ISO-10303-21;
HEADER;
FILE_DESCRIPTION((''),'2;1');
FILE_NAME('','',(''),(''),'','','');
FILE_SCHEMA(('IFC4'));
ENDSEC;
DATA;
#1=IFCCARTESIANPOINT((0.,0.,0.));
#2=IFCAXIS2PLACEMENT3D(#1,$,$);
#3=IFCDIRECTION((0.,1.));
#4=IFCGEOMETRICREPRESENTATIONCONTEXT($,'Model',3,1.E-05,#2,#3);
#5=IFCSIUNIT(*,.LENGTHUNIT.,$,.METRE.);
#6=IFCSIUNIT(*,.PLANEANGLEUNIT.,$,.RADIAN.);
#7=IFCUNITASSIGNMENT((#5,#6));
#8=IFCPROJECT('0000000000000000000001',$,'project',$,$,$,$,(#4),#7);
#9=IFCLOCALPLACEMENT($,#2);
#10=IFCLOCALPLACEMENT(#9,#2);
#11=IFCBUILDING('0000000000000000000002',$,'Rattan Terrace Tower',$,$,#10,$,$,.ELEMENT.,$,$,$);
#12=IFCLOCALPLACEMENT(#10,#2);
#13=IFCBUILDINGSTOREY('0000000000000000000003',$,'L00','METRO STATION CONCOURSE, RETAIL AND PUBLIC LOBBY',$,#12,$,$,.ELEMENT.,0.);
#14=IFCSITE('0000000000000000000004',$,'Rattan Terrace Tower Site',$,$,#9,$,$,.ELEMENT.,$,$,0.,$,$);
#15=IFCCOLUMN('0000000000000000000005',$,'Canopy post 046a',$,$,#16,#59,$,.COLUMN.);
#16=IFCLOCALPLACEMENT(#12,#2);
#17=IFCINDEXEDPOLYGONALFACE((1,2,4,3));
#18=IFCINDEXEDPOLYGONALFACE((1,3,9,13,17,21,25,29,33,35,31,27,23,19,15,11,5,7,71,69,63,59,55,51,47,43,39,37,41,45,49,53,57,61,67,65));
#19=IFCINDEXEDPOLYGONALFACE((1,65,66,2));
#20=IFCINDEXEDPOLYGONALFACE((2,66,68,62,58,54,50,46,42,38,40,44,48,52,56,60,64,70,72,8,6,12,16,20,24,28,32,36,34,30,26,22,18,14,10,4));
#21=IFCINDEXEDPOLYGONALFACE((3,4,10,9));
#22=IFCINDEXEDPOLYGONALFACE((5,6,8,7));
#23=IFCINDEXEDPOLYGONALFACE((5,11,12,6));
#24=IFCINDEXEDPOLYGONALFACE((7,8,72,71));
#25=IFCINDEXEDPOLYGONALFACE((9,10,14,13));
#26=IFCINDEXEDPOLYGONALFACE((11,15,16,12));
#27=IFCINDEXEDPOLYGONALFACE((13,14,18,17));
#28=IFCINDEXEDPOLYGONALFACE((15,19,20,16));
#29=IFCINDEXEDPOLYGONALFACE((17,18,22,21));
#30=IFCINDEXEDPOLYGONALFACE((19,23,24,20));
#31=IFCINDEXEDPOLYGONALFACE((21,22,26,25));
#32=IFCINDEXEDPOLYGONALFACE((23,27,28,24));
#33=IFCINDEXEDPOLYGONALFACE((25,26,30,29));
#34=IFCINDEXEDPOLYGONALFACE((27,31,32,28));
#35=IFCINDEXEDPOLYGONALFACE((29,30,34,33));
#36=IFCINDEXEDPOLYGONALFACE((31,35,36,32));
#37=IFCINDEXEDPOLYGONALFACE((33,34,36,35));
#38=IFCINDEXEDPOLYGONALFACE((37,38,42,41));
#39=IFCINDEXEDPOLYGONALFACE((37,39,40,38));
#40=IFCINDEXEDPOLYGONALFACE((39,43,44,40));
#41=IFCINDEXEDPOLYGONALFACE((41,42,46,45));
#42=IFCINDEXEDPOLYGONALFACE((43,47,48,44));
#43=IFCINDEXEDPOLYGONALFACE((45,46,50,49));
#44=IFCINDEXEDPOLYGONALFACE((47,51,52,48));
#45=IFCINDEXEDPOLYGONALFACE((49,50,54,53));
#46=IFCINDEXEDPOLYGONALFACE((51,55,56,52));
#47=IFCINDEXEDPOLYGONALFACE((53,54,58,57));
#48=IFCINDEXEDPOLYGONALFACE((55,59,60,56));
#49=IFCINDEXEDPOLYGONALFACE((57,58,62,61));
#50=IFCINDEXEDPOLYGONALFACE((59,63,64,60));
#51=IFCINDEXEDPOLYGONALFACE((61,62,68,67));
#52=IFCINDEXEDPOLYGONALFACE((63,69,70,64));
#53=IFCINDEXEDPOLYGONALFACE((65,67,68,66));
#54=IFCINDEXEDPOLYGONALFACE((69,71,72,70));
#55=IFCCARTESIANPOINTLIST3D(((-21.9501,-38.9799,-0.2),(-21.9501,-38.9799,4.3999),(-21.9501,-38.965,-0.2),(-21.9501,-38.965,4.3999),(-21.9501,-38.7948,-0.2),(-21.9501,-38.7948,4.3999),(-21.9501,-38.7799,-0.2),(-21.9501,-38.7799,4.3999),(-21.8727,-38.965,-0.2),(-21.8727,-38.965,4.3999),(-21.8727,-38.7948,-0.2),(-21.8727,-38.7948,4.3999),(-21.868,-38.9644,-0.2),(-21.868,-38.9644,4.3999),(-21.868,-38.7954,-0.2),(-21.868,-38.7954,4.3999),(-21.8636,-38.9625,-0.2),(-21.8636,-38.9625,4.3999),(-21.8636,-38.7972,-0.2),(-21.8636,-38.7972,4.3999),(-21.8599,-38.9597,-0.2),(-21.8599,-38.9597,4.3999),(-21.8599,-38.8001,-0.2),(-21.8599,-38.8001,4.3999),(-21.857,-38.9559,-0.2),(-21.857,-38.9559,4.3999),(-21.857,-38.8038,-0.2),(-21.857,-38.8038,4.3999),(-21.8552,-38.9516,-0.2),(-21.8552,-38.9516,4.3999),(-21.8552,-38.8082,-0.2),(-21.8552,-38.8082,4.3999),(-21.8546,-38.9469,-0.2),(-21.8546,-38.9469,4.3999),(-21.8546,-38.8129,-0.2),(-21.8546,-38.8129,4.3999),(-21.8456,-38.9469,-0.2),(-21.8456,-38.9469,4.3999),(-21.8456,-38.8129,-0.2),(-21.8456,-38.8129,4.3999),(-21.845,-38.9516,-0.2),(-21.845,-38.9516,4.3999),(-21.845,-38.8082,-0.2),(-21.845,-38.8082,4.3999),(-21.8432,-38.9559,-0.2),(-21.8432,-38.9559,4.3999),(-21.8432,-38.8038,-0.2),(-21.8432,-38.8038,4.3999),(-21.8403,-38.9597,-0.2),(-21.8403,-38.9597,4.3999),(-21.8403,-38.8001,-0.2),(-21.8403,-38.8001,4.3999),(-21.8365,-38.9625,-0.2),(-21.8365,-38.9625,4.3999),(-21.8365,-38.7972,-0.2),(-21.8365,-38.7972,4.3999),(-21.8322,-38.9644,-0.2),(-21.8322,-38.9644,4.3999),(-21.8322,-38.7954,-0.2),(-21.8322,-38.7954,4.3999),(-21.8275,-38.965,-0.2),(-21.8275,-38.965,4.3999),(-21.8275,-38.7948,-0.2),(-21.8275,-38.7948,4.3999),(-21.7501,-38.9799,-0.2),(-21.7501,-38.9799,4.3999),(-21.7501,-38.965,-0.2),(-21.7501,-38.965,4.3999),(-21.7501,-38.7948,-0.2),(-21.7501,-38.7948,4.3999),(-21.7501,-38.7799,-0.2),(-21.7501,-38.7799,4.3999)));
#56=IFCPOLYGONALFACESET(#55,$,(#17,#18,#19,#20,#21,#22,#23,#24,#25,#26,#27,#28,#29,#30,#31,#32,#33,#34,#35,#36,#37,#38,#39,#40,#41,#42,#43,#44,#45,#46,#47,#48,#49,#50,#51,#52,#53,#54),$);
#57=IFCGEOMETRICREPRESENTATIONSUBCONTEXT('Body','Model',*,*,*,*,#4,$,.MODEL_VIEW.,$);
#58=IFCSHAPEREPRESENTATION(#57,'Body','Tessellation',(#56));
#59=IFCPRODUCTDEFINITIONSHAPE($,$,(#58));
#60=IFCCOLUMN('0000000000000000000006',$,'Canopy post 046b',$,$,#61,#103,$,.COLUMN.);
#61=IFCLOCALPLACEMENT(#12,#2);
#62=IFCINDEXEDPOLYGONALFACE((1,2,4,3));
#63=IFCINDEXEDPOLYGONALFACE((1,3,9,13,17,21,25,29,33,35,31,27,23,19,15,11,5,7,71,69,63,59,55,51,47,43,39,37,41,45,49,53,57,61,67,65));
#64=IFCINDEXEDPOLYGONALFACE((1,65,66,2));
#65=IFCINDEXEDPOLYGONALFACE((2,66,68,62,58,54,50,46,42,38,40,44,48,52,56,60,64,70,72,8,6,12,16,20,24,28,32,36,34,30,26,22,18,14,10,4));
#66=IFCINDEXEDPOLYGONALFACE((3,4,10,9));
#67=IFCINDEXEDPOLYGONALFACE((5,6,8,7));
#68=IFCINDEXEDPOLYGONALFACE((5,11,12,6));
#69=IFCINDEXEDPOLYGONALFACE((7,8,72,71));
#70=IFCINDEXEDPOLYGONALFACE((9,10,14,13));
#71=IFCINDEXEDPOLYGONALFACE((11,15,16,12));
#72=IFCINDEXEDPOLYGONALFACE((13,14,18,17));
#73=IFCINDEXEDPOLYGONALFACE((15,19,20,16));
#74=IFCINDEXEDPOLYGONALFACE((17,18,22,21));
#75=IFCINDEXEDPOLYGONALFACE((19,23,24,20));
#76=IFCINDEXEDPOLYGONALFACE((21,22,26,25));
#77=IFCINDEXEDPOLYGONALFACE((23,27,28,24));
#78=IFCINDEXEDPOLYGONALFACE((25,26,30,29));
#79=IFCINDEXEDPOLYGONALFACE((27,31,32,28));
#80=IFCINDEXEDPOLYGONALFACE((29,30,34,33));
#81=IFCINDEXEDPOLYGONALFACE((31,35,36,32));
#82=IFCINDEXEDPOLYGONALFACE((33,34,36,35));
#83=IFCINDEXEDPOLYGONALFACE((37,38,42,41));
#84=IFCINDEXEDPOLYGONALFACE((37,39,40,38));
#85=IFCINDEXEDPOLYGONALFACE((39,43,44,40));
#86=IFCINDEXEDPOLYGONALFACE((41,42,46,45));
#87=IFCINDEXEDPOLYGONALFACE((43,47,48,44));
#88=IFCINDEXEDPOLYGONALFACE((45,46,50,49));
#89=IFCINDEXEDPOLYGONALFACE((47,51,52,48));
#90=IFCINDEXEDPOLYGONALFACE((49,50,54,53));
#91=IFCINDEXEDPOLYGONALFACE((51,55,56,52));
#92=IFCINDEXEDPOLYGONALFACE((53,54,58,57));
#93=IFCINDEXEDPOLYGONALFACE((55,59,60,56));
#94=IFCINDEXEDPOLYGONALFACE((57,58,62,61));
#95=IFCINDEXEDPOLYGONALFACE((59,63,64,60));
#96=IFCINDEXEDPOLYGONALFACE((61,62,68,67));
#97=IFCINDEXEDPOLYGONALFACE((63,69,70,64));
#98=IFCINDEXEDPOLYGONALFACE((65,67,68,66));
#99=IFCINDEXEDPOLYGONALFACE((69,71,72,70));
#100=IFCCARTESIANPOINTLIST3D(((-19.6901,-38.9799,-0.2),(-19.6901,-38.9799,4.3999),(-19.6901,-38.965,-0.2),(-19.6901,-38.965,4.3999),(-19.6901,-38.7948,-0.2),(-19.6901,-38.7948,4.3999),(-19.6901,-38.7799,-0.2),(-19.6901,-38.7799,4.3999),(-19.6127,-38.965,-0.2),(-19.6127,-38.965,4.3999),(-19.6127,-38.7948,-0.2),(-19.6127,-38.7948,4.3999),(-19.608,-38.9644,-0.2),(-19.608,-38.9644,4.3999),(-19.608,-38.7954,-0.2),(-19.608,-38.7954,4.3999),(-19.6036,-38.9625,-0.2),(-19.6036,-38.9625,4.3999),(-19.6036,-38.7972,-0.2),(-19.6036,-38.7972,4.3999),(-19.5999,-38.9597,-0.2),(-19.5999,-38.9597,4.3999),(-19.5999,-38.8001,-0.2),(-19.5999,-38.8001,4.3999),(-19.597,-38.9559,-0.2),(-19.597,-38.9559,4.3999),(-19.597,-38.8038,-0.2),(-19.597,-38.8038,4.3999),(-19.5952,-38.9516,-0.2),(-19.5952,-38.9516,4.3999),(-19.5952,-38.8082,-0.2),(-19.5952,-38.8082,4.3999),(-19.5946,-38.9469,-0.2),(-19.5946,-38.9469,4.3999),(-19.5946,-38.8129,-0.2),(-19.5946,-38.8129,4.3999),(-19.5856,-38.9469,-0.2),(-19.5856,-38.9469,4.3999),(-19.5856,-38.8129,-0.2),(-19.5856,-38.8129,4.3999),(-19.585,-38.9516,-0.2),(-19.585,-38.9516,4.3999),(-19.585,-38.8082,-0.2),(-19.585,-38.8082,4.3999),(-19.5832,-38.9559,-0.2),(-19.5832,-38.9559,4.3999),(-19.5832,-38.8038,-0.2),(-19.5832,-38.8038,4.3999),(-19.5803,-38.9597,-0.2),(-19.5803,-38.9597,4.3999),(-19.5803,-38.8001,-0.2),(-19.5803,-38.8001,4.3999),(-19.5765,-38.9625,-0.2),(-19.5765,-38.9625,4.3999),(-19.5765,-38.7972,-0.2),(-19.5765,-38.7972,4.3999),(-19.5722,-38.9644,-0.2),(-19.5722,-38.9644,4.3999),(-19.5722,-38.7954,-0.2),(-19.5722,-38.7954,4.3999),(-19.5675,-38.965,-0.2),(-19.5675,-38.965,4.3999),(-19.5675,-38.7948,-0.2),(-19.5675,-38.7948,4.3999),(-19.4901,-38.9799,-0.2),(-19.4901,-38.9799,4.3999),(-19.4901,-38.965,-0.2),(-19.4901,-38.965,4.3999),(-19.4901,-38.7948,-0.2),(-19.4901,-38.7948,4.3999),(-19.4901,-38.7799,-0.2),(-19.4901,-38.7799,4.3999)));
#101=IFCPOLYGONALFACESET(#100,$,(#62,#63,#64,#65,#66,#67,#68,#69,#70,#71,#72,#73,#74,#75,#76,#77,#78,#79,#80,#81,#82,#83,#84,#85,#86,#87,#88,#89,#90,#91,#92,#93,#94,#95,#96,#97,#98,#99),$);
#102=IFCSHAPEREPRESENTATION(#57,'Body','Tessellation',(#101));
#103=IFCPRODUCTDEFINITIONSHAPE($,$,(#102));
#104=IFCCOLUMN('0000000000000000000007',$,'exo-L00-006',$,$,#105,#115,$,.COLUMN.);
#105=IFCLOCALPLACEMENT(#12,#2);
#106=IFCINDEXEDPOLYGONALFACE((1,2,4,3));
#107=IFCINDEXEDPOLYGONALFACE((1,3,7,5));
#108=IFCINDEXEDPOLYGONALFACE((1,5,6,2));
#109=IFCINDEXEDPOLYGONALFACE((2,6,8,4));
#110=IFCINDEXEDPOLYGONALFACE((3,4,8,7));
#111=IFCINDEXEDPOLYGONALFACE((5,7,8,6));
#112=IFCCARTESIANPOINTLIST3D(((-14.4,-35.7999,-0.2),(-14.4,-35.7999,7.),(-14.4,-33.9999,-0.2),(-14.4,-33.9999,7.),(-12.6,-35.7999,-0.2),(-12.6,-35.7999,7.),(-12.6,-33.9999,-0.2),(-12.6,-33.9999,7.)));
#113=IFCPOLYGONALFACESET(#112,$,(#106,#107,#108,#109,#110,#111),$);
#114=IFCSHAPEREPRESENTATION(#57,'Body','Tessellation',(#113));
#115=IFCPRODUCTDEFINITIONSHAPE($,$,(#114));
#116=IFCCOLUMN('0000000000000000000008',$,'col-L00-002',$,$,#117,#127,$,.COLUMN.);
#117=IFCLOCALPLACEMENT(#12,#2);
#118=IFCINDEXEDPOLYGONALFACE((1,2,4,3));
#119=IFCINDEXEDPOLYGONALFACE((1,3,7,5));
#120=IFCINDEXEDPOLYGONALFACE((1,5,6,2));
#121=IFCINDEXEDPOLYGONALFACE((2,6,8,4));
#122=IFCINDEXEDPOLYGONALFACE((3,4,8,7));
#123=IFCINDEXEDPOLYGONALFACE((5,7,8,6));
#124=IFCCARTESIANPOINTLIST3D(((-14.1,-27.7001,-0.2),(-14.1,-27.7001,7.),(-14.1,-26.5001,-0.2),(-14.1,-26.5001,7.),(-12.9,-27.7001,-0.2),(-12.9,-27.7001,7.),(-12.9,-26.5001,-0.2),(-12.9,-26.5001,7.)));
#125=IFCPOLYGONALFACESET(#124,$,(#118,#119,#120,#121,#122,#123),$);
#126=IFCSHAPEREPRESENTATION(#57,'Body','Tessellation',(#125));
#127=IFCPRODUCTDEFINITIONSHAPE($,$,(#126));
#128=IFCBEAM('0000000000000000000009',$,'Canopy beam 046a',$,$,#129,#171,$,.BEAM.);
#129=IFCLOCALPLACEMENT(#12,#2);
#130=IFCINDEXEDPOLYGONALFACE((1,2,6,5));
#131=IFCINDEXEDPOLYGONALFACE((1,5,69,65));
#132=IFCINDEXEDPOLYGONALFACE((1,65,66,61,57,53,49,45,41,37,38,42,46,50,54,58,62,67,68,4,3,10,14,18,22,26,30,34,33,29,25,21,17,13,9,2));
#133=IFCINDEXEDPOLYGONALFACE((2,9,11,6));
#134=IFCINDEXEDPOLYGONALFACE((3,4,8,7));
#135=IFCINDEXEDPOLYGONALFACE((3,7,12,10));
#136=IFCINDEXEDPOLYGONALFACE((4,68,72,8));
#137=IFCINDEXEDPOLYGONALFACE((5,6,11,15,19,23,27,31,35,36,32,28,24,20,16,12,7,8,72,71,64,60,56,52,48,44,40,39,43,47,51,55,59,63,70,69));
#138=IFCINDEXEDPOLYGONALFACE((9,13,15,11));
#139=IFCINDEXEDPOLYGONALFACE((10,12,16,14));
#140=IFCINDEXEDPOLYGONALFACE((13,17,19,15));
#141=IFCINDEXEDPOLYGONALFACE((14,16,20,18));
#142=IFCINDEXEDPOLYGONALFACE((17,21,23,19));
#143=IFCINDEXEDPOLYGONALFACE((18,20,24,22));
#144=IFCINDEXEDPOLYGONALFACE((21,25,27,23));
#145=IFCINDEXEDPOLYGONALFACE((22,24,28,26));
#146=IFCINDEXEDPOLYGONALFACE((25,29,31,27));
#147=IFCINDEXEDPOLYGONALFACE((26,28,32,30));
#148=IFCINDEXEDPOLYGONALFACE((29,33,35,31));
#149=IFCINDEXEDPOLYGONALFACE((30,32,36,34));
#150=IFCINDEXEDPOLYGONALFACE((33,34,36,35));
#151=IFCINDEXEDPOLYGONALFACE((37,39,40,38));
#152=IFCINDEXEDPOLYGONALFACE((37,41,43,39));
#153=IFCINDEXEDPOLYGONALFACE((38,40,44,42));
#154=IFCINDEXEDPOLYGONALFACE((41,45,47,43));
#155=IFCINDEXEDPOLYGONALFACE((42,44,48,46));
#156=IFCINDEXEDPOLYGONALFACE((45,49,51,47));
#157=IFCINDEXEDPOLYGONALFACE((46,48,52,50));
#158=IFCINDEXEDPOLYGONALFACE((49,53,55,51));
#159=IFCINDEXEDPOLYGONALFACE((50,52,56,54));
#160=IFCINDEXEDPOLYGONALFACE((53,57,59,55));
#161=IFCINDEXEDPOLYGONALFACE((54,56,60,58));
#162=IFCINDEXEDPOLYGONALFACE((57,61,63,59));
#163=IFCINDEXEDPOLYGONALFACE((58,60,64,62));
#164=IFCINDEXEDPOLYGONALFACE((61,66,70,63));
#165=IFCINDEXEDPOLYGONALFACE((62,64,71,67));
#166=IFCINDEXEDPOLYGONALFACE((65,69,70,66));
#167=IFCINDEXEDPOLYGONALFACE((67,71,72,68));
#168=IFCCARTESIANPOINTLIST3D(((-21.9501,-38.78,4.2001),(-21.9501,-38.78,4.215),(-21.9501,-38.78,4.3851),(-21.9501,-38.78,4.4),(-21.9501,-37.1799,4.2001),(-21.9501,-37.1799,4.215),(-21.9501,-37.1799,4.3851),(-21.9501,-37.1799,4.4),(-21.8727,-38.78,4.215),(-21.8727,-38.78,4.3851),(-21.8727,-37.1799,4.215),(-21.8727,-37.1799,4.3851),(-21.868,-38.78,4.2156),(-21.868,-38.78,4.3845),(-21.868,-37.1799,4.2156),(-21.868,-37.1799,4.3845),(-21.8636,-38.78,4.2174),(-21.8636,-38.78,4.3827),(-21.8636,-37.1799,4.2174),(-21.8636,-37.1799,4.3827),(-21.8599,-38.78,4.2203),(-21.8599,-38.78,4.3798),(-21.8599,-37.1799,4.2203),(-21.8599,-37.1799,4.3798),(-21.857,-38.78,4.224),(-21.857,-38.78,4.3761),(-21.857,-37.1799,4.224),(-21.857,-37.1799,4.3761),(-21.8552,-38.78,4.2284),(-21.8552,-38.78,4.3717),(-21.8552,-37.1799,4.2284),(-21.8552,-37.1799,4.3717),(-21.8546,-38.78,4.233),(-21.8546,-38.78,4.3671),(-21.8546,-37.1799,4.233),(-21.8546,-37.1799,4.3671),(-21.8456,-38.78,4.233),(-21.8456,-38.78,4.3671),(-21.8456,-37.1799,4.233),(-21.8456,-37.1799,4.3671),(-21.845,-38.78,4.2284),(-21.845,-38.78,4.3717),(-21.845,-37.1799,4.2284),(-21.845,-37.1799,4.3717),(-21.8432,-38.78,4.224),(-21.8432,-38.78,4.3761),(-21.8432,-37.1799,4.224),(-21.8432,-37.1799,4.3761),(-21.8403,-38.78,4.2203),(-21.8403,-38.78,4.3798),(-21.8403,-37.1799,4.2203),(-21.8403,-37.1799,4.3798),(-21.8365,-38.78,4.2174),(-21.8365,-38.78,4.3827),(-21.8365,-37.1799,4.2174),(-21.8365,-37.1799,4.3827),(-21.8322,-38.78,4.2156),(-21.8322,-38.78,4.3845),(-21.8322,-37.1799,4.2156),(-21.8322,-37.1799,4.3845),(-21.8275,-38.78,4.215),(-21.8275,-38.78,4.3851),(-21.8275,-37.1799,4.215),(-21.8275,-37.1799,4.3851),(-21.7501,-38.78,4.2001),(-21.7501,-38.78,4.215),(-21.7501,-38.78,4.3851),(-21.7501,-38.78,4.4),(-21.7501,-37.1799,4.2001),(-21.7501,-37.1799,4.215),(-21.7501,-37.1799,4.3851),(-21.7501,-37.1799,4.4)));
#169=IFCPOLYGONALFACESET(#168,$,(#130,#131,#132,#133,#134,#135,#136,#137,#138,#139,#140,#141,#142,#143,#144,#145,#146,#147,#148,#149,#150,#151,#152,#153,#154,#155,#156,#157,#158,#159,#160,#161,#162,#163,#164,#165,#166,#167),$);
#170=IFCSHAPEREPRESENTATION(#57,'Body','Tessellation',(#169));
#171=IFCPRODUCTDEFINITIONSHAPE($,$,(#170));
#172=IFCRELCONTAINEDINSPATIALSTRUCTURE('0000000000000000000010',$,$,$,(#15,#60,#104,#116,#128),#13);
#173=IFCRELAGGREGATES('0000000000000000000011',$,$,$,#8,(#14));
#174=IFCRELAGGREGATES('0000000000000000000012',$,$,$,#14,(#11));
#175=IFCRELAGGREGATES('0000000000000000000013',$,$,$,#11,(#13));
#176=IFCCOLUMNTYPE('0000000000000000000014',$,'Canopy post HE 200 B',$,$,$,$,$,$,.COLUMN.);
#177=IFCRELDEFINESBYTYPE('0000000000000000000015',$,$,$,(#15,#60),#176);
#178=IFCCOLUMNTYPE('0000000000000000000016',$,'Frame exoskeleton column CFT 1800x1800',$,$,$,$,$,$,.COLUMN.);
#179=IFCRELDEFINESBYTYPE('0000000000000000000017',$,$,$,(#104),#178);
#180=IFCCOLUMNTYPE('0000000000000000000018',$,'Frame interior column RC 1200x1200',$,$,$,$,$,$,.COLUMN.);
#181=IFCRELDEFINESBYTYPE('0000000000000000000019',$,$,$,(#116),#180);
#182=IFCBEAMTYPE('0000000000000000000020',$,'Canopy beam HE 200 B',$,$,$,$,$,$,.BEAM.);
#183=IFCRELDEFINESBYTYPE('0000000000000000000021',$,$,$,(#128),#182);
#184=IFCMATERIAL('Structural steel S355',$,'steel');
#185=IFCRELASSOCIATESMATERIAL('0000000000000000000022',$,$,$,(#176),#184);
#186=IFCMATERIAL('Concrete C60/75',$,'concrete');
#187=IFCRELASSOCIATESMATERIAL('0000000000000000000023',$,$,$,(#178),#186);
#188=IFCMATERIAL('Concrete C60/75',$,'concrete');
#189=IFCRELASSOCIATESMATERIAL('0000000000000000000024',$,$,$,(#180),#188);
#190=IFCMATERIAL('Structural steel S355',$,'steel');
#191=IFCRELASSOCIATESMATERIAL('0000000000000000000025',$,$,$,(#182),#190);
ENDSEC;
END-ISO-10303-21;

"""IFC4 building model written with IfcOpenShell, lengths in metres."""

from ifc_helpers import new_model, si_unit, direction, frame, origin, origin_2d, place, context, subcontext, project, spatial, rectangle, i_section, extrude, material, material_profile, profile_set, type_object, element, save


model = new_model("IFC4")

# Units and contexts
model_context = context("Model", 3, precision=1e-05, world=origin(), true_north=direction((0.0, 1.0)))
body_context = subcontext(model_context, "Body", "Model", "MODEL_VIEW")
ifc_project = project(units=[si_unit("LENGTHUNIT", "METRE"), si_unit("PLANEANGLEUNIT", "RADIAN")], contexts=[model_context])

# Site, building, storey
site_placement = place(None, origin())
site = spatial("IfcSite", under=ifc_project, at=site_placement, Name="Rattan Terrace Tower Site", CompositionType="ELEMENT", RefElevation=0.0)
building_placement = place(site_placement, origin())
building = spatial("IfcBuilding", under=site, at=building_placement, Name="Rattan Terrace Tower", CompositionType="ELEMENT")
storey_placement = place(building_placement, origin())
storey = spatial("IfcBuildingStorey", under=building, at=storey_placement, Name="L00", Description="METRO STATION CONCOURSE, RETAIL AND PUBLIC LOBBY", CompositionType="ELEMENT", Elevation=0.0)

# Columns
ifc_material_1 = material(Name="Structural steel S355", Category="steel")
ifc_material_profile_1 = material_profile(ifc_material_1, i_section(OverallWidth=0.2, OverallDepth=0.2, WebThickness=0.009, FlangeThickness=0.0149, FilletRadius=0.0181, at=origin_2d()), Name="HE 200 B")
ifc_profile_set_1 = profile_set([ifc_material_profile_1], Name="Structural steel S355")
column_type_1 = type_object("IfcColumnType", Name="Canopy post HE 200 B", PredefinedType="COLUMN", material=ifc_profile_set_1)
for number, where, z_axis, x_axis, name in (
    (1, (-21.8501, -38.8799, -0.2), (0.0, 0.0, 1.0), (1.0, 0.0, 0.0), "Canopy post 046a"),
    (2, (-19.5901, -38.8799, -0.2), (0.0, 0.0, 1.0), (1.0, 0.0, 0.0), "Canopy post 046b"),
):
    element("IfcColumn", number, at=place(storey_placement, frame(where, z_axis=z_axis, x_axis=x_axis)), inside=storey, type_object=column_type_1, Name=name, PredefinedType="COLUMN", context=body_context, shape_type="SweptSolid", body=[
        extrude(i_section(OverallWidth=0.2, OverallDepth=0.2, WebThickness=0.009, FlangeThickness=0.0149, FilletRadius=0.0181, at=origin_2d()), origin(), (0.0, 0.0, 1.0), 4.5999),
    ])
ifc_material_2 = material(Name="Concrete C60/75", Category="concrete")
ifc_material_profile_2 = material_profile(ifc_material_2, rectangle(XDim=1.8, YDim=1.8, at=origin_2d()), Name="CFT 1800x1800")
ifc_profile_set_2 = profile_set([ifc_material_profile_2], Name="Concrete C60/75")
column_type_2 = type_object("IfcColumnType", Name="Frame exoskeleton column CFT 1800x1800", PredefinedType="COLUMN", material=ifc_profile_set_2)
column_1_placement = place(storey_placement, frame((-13.5, -34.8999, -0.2), z_axis=(0.0, 0.0, 1.0), x_axis=(1.0, 0.0, 0.0)))
element("IfcColumn", 3, at=column_1_placement, inside=storey, type_object=column_type_2, Name="exo-L00-006", PredefinedType="COLUMN", context=body_context, shape_type="SweptSolid", body=[
    extrude(rectangle(XDim=1.8, YDim=1.8, at=origin_2d()), origin(), (0.0, 0.0, 1.0), 7.2),
])
ifc_material_3 = material(Name="Concrete C60/75", Category="concrete")
ifc_material_profile_3 = material_profile(ifc_material_3, rectangle(XDim=1.2, YDim=1.2, at=origin_2d()), Name="RC 1200x1200")
ifc_profile_set_3 = profile_set([ifc_material_profile_3], Name="Concrete C60/75")
column_type_3 = type_object("IfcColumnType", Name="Frame interior column RC 1200x1200", PredefinedType="COLUMN", material=ifc_profile_set_3)
column_2_placement = place(storey_placement, frame((-13.5, -27.1001, -0.2), z_axis=(0.0, 0.0, 1.0), x_axis=(1.0, 0.0, 0.0)))
element("IfcColumn", 4, at=column_2_placement, inside=storey, type_object=column_type_3, Name="col-L00-002", PredefinedType="COLUMN", context=body_context, shape_type="SweptSolid", body=[
    extrude(rectangle(XDim=1.2, YDim=1.2, at=origin_2d()), origin(), (0.0, 0.0, 1.0), 7.2),
])

# Beam
ifc_material_4 = material(Name="Structural steel S355", Category="steel")
ifc_material_profile_4 = material_profile(ifc_material_4, i_section(OverallWidth=0.2, OverallDepth=0.2, WebThickness=0.009, FlangeThickness=0.0149, FilletRadius=0.0181, at=origin_2d()), Name="HE 200 B")
ifc_profile_set_4 = profile_set([ifc_material_profile_4], Name="Structural steel S355")
beam_type_1 = type_object("IfcBeamType", Name="Canopy beam HE 200 B", PredefinedType="BEAM", material=ifc_profile_set_4)
for number, where, z_axis, x_axis, name in (
    (5, (-21.8501, -37.1799, 4.3), (0.0, -1.0, 0.0), (1.0, 0.0, 0.0), "Canopy beam 046a"),
):
    element("IfcBeam", number, at=place(storey_placement, frame(where, z_axis=z_axis, x_axis=x_axis)), inside=storey, type_object=beam_type_1, Name=name, PredefinedType="BEAM", context=body_context, shape_type="SweptSolid", body=[
        extrude(i_section(OverallWidth=0.2, OverallDepth=0.2, WebThickness=0.009, FlangeThickness=0.0149, FilletRadius=0.0181, at=origin_2d()), origin(), (0.0, 0.0, 1.0), 1.6001),
    ])

save(model, "model.ifc")
